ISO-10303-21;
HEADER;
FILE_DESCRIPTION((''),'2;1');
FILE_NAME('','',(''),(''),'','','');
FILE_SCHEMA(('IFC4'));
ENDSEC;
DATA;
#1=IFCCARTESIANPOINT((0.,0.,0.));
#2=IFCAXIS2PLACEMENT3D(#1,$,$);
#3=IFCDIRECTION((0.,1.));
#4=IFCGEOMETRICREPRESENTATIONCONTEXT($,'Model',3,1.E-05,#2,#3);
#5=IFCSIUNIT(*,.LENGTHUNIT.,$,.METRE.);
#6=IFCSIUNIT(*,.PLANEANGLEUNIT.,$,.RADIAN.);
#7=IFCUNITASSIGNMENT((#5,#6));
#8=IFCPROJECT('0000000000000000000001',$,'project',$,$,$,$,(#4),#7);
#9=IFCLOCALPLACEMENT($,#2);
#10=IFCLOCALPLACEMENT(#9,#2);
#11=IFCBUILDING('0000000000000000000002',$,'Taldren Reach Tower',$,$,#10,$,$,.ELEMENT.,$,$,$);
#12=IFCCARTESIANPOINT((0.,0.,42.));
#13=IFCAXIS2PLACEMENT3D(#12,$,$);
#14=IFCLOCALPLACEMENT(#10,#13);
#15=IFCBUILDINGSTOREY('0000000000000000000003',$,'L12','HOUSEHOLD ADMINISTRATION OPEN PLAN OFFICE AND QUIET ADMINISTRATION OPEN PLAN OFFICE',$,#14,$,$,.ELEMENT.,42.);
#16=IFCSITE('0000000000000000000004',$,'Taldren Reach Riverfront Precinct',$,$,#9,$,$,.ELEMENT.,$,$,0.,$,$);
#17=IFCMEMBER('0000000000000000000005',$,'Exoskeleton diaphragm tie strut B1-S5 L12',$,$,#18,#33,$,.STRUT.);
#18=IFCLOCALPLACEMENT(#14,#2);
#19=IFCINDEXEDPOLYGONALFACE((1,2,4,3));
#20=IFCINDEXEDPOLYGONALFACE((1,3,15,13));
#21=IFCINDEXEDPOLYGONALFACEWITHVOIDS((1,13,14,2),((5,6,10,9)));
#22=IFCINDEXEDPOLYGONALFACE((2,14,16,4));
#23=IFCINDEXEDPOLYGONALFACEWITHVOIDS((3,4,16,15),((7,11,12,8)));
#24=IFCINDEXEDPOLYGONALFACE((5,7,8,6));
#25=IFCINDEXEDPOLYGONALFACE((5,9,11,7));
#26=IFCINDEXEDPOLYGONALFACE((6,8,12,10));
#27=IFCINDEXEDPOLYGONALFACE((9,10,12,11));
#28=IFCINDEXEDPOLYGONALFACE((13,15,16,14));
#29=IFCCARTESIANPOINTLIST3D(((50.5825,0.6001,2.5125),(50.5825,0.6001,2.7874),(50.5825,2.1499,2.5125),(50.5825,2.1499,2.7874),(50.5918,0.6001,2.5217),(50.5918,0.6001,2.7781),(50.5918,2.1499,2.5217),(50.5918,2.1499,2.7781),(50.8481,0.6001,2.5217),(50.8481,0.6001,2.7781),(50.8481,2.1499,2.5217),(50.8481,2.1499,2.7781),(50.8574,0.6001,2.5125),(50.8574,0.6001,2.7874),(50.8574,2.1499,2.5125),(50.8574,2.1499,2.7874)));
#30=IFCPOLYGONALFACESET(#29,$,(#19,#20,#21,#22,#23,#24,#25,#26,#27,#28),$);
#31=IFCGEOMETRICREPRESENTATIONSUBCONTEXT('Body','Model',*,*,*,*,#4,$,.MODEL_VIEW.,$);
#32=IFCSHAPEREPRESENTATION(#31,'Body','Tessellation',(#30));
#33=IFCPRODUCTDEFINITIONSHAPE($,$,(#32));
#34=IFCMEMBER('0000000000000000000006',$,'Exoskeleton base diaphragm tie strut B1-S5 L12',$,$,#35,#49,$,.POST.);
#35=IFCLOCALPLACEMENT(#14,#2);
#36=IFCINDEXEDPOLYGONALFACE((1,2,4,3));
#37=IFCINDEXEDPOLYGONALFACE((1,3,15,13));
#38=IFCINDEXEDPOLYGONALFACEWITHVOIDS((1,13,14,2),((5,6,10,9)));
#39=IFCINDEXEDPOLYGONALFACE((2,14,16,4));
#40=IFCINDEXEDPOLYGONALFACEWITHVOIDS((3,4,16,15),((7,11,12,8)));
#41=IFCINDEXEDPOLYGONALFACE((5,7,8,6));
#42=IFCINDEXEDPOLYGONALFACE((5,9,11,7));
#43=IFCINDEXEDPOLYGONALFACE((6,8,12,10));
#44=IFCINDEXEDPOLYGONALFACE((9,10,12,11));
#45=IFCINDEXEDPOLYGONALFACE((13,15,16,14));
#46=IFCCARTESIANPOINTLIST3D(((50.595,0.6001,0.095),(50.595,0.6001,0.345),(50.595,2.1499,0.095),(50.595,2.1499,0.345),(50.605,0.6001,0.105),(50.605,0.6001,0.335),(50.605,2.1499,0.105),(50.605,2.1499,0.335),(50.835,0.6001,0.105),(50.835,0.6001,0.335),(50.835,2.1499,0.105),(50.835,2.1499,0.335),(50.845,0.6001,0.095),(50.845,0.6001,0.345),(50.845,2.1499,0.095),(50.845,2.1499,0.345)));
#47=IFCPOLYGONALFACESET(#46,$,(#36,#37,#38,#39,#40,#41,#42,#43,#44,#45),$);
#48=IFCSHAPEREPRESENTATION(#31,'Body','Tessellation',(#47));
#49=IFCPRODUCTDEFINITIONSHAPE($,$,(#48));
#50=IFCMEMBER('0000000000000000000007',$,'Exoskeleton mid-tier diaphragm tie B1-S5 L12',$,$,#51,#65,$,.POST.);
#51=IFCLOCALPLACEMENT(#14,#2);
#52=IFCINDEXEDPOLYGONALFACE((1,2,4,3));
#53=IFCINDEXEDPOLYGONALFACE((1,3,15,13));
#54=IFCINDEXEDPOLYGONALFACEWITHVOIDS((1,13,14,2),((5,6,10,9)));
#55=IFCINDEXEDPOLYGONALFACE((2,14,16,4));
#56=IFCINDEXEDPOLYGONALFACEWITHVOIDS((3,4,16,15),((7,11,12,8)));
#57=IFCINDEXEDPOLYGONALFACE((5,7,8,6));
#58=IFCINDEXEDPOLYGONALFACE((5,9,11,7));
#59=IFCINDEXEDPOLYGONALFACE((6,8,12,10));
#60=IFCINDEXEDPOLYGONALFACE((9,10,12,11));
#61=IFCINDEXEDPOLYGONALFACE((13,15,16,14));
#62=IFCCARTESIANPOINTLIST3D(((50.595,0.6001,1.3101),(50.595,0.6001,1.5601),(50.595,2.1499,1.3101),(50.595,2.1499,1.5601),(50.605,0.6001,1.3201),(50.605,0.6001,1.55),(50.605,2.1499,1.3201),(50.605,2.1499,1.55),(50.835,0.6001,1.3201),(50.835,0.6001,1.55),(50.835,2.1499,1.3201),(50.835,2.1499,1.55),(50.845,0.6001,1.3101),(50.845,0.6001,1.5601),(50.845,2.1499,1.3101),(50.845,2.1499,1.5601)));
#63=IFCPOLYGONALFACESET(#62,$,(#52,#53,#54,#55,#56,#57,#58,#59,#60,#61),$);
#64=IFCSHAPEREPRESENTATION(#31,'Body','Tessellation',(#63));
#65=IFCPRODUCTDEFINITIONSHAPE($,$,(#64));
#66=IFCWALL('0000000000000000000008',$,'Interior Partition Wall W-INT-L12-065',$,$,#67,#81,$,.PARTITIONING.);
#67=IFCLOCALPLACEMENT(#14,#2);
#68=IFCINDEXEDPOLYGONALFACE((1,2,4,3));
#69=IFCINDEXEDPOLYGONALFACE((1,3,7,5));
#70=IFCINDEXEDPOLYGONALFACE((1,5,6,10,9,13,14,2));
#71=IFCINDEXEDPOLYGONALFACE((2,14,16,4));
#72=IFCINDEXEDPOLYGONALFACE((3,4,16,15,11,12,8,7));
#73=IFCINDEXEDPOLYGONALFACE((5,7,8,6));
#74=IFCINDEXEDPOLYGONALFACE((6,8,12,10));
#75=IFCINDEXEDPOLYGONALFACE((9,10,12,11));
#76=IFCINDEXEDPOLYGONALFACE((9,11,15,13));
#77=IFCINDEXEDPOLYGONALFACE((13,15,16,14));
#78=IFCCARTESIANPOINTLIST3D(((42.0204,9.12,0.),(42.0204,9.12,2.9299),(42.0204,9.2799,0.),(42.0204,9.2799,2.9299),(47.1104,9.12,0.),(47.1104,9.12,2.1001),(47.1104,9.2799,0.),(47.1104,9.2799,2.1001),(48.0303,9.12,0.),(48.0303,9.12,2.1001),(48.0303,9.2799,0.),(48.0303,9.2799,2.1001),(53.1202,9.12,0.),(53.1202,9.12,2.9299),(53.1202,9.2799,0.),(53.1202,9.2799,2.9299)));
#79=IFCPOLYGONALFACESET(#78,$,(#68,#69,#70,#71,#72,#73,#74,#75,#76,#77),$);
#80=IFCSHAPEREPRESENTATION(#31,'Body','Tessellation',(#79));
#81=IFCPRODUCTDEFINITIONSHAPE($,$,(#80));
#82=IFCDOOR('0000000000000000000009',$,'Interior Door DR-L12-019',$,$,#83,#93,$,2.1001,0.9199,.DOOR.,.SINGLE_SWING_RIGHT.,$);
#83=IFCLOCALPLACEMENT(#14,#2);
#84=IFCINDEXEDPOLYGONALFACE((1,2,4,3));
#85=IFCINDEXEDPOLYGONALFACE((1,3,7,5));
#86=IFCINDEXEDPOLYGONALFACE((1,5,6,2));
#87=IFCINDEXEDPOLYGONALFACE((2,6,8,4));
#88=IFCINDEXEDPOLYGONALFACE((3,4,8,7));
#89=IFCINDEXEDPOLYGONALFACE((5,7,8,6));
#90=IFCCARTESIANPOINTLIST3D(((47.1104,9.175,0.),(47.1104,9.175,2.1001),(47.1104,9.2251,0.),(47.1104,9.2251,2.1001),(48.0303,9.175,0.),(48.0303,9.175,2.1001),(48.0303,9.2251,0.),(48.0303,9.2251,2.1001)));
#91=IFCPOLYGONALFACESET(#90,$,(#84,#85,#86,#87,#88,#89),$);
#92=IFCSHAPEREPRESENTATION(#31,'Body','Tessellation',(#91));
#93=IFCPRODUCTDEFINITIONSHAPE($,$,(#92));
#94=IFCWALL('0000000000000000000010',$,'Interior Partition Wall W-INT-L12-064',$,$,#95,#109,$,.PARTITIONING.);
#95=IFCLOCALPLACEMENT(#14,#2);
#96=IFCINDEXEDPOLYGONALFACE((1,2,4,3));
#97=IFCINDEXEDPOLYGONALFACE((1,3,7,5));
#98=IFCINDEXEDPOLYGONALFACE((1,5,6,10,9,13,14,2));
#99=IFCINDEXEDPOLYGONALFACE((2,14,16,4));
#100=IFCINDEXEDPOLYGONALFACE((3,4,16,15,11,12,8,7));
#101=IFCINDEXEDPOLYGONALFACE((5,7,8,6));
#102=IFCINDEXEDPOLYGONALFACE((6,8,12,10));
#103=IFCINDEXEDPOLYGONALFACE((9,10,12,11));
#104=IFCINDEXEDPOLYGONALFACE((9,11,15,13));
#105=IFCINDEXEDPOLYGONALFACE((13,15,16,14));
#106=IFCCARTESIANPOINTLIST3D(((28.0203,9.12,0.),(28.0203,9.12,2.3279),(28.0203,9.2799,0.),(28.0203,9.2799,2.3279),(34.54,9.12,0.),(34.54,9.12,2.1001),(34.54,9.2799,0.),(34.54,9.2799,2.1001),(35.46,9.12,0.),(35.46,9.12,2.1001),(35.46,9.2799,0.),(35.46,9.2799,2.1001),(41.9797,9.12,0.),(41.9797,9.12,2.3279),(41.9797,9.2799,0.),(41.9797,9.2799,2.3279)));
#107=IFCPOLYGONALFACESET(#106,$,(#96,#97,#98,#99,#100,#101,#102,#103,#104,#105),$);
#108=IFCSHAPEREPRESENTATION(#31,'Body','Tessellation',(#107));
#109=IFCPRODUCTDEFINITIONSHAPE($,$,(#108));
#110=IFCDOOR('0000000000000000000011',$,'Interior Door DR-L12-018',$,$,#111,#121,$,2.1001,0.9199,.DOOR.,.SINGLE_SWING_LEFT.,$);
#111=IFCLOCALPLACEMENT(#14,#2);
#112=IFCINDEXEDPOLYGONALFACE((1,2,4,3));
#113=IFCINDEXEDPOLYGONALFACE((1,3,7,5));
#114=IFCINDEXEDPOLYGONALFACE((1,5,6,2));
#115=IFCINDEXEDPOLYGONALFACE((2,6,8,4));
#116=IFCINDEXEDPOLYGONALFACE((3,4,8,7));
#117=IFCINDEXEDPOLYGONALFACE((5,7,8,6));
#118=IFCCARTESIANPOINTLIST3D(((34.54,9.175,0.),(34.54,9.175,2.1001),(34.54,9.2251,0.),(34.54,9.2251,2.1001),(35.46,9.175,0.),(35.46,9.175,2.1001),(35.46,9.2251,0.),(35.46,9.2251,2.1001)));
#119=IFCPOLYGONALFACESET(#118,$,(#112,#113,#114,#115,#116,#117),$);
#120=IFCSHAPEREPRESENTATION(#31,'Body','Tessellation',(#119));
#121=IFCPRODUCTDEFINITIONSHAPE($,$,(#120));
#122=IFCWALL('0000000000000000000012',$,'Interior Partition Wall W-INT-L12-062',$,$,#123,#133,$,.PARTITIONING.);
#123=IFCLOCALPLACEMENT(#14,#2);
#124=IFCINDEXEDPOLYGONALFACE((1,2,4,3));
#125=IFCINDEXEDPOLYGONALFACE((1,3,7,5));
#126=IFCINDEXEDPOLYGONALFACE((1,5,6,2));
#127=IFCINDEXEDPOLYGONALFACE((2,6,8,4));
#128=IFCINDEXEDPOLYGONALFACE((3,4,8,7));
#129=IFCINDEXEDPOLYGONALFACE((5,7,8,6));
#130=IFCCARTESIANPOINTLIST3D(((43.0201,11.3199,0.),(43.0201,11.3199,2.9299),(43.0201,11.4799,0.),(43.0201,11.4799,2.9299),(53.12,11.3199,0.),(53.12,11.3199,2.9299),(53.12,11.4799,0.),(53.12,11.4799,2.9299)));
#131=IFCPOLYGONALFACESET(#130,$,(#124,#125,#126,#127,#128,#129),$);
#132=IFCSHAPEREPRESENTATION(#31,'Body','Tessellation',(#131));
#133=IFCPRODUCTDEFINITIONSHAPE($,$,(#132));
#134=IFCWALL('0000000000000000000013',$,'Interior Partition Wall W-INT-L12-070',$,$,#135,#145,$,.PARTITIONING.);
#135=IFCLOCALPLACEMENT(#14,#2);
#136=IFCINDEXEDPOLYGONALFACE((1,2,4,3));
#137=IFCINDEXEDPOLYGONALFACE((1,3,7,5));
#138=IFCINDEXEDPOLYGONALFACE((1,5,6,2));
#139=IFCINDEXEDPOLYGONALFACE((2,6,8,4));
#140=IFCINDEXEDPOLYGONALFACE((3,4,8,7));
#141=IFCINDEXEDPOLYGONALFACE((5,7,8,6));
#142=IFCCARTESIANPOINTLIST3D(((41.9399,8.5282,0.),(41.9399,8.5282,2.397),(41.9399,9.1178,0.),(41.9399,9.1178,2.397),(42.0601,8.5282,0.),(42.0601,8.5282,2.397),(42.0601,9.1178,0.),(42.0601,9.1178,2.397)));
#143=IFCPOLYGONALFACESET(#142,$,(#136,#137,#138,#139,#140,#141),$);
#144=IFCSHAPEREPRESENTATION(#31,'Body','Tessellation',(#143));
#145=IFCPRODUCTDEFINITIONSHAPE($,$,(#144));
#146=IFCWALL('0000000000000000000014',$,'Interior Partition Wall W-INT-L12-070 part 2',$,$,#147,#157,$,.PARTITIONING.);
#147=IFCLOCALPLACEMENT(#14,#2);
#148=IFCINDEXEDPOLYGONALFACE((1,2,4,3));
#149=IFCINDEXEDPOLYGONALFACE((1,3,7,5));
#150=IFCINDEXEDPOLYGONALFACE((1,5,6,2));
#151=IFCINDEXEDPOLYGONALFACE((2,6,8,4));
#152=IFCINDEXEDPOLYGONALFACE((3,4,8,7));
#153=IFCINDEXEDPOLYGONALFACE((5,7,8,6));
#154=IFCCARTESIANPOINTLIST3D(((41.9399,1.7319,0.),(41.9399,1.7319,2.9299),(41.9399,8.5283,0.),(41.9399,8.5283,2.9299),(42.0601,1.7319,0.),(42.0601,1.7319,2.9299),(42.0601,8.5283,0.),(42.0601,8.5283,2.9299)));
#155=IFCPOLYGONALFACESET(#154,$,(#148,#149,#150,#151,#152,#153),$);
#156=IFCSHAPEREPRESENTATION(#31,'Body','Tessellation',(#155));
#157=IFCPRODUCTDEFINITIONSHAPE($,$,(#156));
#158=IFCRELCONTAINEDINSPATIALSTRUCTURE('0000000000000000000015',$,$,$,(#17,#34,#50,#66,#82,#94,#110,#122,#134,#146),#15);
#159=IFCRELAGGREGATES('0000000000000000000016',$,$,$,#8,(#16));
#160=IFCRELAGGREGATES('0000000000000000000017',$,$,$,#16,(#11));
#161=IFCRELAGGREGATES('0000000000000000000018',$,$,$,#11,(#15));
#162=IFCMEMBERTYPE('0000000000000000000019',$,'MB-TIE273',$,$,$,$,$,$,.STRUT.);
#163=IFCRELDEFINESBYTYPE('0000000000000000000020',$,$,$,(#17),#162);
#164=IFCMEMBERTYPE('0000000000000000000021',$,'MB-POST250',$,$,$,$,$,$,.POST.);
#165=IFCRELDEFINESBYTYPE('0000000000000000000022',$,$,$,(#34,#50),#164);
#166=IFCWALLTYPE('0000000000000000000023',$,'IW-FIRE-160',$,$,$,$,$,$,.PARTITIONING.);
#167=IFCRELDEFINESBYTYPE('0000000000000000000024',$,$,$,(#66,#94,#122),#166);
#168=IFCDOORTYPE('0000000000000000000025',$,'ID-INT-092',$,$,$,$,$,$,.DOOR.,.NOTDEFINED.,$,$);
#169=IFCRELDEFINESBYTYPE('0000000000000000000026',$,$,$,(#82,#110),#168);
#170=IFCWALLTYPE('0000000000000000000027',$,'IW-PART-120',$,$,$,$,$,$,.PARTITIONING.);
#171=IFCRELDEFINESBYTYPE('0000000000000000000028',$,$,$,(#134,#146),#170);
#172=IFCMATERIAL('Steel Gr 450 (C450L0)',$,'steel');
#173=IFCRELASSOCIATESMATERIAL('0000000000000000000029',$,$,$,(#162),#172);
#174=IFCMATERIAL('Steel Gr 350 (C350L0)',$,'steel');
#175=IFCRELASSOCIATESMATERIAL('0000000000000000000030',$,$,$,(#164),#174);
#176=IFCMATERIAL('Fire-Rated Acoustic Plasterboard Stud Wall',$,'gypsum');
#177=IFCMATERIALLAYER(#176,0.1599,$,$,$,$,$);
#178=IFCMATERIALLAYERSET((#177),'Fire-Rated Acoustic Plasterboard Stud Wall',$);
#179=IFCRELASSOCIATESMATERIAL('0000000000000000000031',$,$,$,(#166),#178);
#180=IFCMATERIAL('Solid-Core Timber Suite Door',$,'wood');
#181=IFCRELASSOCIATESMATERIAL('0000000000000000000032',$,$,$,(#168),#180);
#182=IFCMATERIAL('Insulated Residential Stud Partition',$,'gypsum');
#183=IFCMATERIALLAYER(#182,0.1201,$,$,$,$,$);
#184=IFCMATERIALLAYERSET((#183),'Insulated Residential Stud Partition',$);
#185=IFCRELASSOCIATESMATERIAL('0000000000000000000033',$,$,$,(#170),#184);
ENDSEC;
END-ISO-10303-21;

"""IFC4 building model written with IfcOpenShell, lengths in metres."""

from ifc_helpers import new_model, si_unit, direction, frame, frame_2d, origin, origin_2d, place, context, subcontext, project, spatial, rectangle, hollow_rectangle, extrude, source, transform, mapped, material, layer, layer_set, material_profile, profile_set, type_object, element, fill, save


model = new_model("IFC4")

# Units and contexts
model_context = context("Model", 3, precision=1e-05, world=origin(), true_north=direction((0.0, 1.0)))
body_context = subcontext(model_context, "Body", "Model", "MODEL_VIEW")
ifc_project = project(units=[si_unit("LENGTHUNIT", "METRE"), si_unit("PLANEANGLEUNIT", "RADIAN")], contexts=[model_context])

# Site, building, storey
site_placement = place(None, origin())
site = spatial("IfcSite", under=ifc_project, at=site_placement, Name="Taldren Reach Riverfront Precinct", CompositionType="ELEMENT", RefElevation=0.0)
building_placement = place(site_placement, origin())
building = spatial("IfcBuilding", under=site, at=building_placement, Name="Taldren Reach Tower", CompositionType="ELEMENT")
storey_placement = place(building_placement, frame((0.0, 0.0, 42.0)))
storey = spatial("IfcBuildingStorey", under=building, at=storey_placement, Name="L12", Description="HOUSEHOLD ADMINISTRATION OPEN PLAN OFFICE AND QUIET ADMINISTRATION OPEN PLAN OFFICE", CompositionType="ELEMENT", Elevation=42.0)

# Members
ifc_material_1 = material(Name="Steel Gr 450 (C450L0)", Category="steel")
ifc_material_profile_1 = material_profile(ifc_material_1, hollow_rectangle(XDim=0.2749, YDim=0.2749, WallThickness=0.0093, at=origin_2d()), Name="275x275x9.3SHS")
ifc_profile_set_1 = profile_set([ifc_material_profile_1], Name="Steel Gr 450 (C450L0)")
member_type_1 = type_object("IfcMemberType", Name="MB-TIE273", PredefinedType="STRUT", material=ifc_profile_set_1)
shared_shape_1 = source(origin(), body_context, "Body", "SweptSolid", [
    extrude(hollow_rectangle(XDim=0.2749, YDim=0.2749, WallThickness=0.0093, at=origin_2d()), origin(), (0.0, 0.0, 1.0), 1.5498),
])
member_placement = place(storey_placement, frame((50.72, 2.1499, 2.6499), z_axis=(0.0, -1.0, 0.0), x_axis=(1.0, 0.0, 0.0)))
element("IfcMember", 1, at=member_placement, inside=storey, type_object=member_type_1, Name="Exoskeleton diaphragm tie strut B1-S5 L12", PredefinedType="STRUT", context=body_context, shape_type="MappedRepresentation", body=[
    mapped(shared_shape_1, transform((0.0, 0.0, 0.0), scale=1.0)),
])
ifc_material_2 = material(Name="Steel Gr 350 (C350L0)", Category="steel")
ifc_material_profile_2 = material_profile(ifc_material_2, hollow_rectangle(XDim=0.25, YDim=0.25, WallThickness=0.01, at=origin_2d()), Name="250x250x10.0SHS")
ifc_profile_set_2 = profile_set([ifc_material_profile_2], Name="Steel Gr 350 (C350L0)")
member_type_2 = type_object("IfcMemberType", Name="MB-POST250", PredefinedType="POST", material=ifc_profile_set_2)
shared_shape_2 = source(origin(), body_context, "Body", "SweptSolid", [
    extrude(hollow_rectangle(XDim=0.25, YDim=0.25, WallThickness=0.01, at=origin_2d()), origin(), (0.0, 0.0, 1.0), 1.5498),
])
for number, where, z_axis, x_axis, name in (
    (2, (50.72, 2.1499, 0.22), (0.0, -1.0, 0.0), (1.0, 0.0, 0.0), "Exoskeleton base diaphragm tie strut B1-S5 L12"),
    (3, (50.72, 2.1499, 1.4351), (0.0, -1.0, 0.0), (1.0, 0.0, 0.0), "Exoskeleton mid-tier diaphragm tie B1-S5 L12"),
):
    element("IfcMember", number, at=place(storey_placement, frame(where, z_axis=z_axis, x_axis=x_axis)), inside=storey, type_object=member_type_2, Name=name, PredefinedType="POST", context=body_context, shape_type="MappedRepresentation", body=[
        mapped(shared_shape_2, transform((0.0, 0.0, 0.0), scale=1.0)),
    ])

# Walls, openings, doors
ifc_material_3 = material(Name="Fire-Rated Acoustic Plasterboard Stud Wall", Category="gypsum")
ifc_layer_1 = layer(ifc_material_3, 0.1599)
ifc_layer_set_1 = layer_set([ifc_layer_1], Name="Fire-Rated Acoustic Plasterboard Stud Wall")
wall_type_1 = type_object("IfcWallType", Name="IW-FIRE-160", PredefinedType="PARTITIONING", material=ifc_layer_set_1)
shared_shape_3 = source(origin(), body_context, "Body", "SweptSolid", [
    extrude(rectangle(XDim=11.0999, YDim=0.1599, at=frame_2d((5.5498, 0.0))), origin(), (0.0, 0.0, 1.0), 2.9299),
])
wall_1_placement = place(storey_placement, frame((53.1201, 9.2, 0.0), z_axis=(0.0, 0.0, 1.0), x_axis=(-1.0, 0.0, 0.0)))
wall_1 = element("IfcWall", 4, at=wall_1_placement, inside=storey, type_object=wall_type_1, Name="Interior Partition Wall W-INT-L12-065", PredefinedType="PARTITIONING", context=body_context, shape_type="MappedRepresentation", body=[
    mapped(shared_shape_3, transform((0.0, 0.0, 0.0), scale=1.0)),
])
shared_shape_4 = source(origin(), body_context, "Body", "SweptSolid", [
    extrude(rectangle(XDim=0.9199, YDim=2.1001, at=frame_2d((0.46, 1.05))), frame((0.0, 0.0898, 0.0), z_axis=(0.0, -1.0, 0.0), x_axis=(1.0, 0.0, 0.0)), (0.0, 0.0, 1.0), 0.1799),
])
opening_1_placement = place(wall_1_placement, frame((5.0898, 0.0, 0.0)))
opening_1 = element("IfcOpeningElement", 5, at=opening_1_placement, cuts=wall_1, PredefinedType="OPENING", context=body_context, shape_type="MappedRepresentation", body=[
    mapped(shared_shape_4, transform((0.0, 0.0, 0.0), scale=1.0)),
])
ifc_material_4 = material(Name="Solid-Core Timber Suite Door", Category="wood")
door_type = type_object("IfcDoorType", Name="ID-INT-092", OperationType="NOTDEFINED", PredefinedType="DOOR", material=ifc_material_4)
shared_shape_5 = source(origin(), body_context, "Body", "SweptSolid", [
    extrude(rectangle(XDim=0.9199, YDim=2.1001, at=frame_2d((0.46, 1.05))), frame((0.0, 0.0249, 0.0), z_axis=(0.0, -1.0, 0.0), x_axis=(1.0, 0.0, 0.0)), (0.0, 0.0, 1.0), 0.05),
])
door_1_placement = place(opening_1_placement, origin())
door_1 = element("IfcDoor", 6, at=door_1_placement, inside=storey, type_object=door_type, Name="Interior Door DR-L12-019", OperationType="SINGLE_SWING_RIGHT", OverallHeight=2.1001, OverallWidth=0.9199, PredefinedType="DOOR", context=body_context, shape_type="MappedRepresentation", body=[
    mapped(shared_shape_5, transform((0.0, 0.0, 0.0), scale=1.0)),
])
fill(opening_1, door_1)
shared_shape_6 = source(origin(), body_context, "Body", "SweptSolid", [
    extrude(rectangle(XDim=13.9595, YDim=0.1599, at=frame_2d((6.9797, 0.0))), origin(), (0.0, 0.0, 1.0), 2.3279),
])
wall_2_placement = place(storey_placement, frame((41.9797, 9.2, 0.0), z_axis=(0.0, 0.0, 1.0), x_axis=(-1.0, 0.0, 0.0)))
wall_2 = element("IfcWall", 7, at=wall_2_placement, inside=storey, type_object=wall_type_1, Name="Interior Partition Wall W-INT-L12-064", PredefinedType="PARTITIONING", context=body_context, shape_type="MappedRepresentation", body=[
    mapped(shared_shape_6, transform((0.0, 0.0, 0.0), scale=1.0)),
])
opening_2_placement = place(wall_2_placement, frame((6.5198, 0.0, 0.0)))
opening_2 = element("IfcOpeningElement", 8, at=opening_2_placement, cuts=wall_2, PredefinedType="OPENING", context=body_context, shape_type="MappedRepresentation", body=[
    mapped(shared_shape_4, transform((0.0, 0.0, 0.0), scale=1.0)),
])
door_2_placement = place(opening_2_placement, origin())
door_2 = element("IfcDoor", 9, at=door_2_placement, inside=storey, type_object=door_type, Name="Interior Door DR-L12-018", OperationType="SINGLE_SWING_LEFT", OverallHeight=2.1001, OverallWidth=0.9199, PredefinedType="DOOR", context=body_context, shape_type="MappedRepresentation", body=[
    mapped(shared_shape_5, transform((0.0, 0.0, 0.0), scale=1.0)),
])
fill(opening_2, door_2)

# Walls
shared_shape_7 = source(origin(), body_context, "Body", "SweptSolid", [
    extrude(rectangle(XDim=10.0999, YDim=0.1599, at=frame_2d((5.0498, 0.0))), origin(), (0.0, 0.0, 1.0), 2.9299),
])
wall_3_placement = place(storey_placement, frame((43.0203, 11.3999, 0.0), z_axis=(0.0, 0.0, 1.0), x_axis=(1.0, 0.0, 0.0)))
element("IfcWall", 10, at=wall_3_placement, inside=storey, type_object=wall_type_1, Name="Interior Partition Wall W-INT-L12-062", PredefinedType="PARTITIONING", context=body_context, shape_type="MappedRepresentation", body=[
    mapped(shared_shape_7, transform((0.0, 0.0, 0.0), scale=1.0)),
])
ifc_material_5 = material(Name="Insulated Residential Stud Partition", Category="gypsum")
ifc_layer_2 = layer(ifc_material_5, 0.1201)
ifc_layer_set_2 = layer_set([ifc_layer_2], Name="Insulated Residential Stud Partition")
wall_type_2 = type_object("IfcWallType", Name="IW-PART-120", PredefinedType="PARTITIONING", material=ifc_layer_set_2)
shared_shape_8 = source(origin(), body_context, "Body", "SweptSolid", [
    extrude(rectangle(XDim=0.5896, YDim=0.1201, at=frame_2d((0.2949, 0.0))), origin(), (0.0, 0.0, 1.0), 2.397),
])
wall_4_placement = place(storey_placement, frame((42.0, 9.1179, 0.0), z_axis=(0.0, 0.0, 1.0), x_axis=(0.0, -1.0, 0.0)))
element("IfcWall", 11, at=wall_4_placement, inside=storey, type_object=wall_type_2, Name="Interior Partition Wall W-INT-L12-070", PredefinedType="PARTITIONING", context=body_context, shape_type="MappedRepresentation", body=[
    mapped(shared_shape_8, transform((0.0, 0.0, 0.0), scale=1.0)),
])
shared_shape_9 = source(origin(), body_context, "Body", "SweptSolid", [
    extrude(rectangle(XDim=6.7964, YDim=0.1201, at=frame_2d((3.3982, 0.0))), origin(), (0.0, 0.0, 1.0), 2.9299),
])
wall_5_placement = place(storey_placement, frame((42.0, 8.5283, 0.0), z_axis=(0.0, 0.0, 1.0), x_axis=(0.0, -1.0, 0.0)))
element("IfcWall", 12, at=wall_5_placement, inside=storey, type_object=wall_type_2, Name="Interior Partition Wall W-INT-L12-070 part 2", PredefinedType="PARTITIONING", context=body_context, shape_type="MappedRepresentation", body=[
    mapped(shared_shape_9, transform((0.0, 0.0, 0.0), scale=1.0)),
])

save(model, "model.ifc")
